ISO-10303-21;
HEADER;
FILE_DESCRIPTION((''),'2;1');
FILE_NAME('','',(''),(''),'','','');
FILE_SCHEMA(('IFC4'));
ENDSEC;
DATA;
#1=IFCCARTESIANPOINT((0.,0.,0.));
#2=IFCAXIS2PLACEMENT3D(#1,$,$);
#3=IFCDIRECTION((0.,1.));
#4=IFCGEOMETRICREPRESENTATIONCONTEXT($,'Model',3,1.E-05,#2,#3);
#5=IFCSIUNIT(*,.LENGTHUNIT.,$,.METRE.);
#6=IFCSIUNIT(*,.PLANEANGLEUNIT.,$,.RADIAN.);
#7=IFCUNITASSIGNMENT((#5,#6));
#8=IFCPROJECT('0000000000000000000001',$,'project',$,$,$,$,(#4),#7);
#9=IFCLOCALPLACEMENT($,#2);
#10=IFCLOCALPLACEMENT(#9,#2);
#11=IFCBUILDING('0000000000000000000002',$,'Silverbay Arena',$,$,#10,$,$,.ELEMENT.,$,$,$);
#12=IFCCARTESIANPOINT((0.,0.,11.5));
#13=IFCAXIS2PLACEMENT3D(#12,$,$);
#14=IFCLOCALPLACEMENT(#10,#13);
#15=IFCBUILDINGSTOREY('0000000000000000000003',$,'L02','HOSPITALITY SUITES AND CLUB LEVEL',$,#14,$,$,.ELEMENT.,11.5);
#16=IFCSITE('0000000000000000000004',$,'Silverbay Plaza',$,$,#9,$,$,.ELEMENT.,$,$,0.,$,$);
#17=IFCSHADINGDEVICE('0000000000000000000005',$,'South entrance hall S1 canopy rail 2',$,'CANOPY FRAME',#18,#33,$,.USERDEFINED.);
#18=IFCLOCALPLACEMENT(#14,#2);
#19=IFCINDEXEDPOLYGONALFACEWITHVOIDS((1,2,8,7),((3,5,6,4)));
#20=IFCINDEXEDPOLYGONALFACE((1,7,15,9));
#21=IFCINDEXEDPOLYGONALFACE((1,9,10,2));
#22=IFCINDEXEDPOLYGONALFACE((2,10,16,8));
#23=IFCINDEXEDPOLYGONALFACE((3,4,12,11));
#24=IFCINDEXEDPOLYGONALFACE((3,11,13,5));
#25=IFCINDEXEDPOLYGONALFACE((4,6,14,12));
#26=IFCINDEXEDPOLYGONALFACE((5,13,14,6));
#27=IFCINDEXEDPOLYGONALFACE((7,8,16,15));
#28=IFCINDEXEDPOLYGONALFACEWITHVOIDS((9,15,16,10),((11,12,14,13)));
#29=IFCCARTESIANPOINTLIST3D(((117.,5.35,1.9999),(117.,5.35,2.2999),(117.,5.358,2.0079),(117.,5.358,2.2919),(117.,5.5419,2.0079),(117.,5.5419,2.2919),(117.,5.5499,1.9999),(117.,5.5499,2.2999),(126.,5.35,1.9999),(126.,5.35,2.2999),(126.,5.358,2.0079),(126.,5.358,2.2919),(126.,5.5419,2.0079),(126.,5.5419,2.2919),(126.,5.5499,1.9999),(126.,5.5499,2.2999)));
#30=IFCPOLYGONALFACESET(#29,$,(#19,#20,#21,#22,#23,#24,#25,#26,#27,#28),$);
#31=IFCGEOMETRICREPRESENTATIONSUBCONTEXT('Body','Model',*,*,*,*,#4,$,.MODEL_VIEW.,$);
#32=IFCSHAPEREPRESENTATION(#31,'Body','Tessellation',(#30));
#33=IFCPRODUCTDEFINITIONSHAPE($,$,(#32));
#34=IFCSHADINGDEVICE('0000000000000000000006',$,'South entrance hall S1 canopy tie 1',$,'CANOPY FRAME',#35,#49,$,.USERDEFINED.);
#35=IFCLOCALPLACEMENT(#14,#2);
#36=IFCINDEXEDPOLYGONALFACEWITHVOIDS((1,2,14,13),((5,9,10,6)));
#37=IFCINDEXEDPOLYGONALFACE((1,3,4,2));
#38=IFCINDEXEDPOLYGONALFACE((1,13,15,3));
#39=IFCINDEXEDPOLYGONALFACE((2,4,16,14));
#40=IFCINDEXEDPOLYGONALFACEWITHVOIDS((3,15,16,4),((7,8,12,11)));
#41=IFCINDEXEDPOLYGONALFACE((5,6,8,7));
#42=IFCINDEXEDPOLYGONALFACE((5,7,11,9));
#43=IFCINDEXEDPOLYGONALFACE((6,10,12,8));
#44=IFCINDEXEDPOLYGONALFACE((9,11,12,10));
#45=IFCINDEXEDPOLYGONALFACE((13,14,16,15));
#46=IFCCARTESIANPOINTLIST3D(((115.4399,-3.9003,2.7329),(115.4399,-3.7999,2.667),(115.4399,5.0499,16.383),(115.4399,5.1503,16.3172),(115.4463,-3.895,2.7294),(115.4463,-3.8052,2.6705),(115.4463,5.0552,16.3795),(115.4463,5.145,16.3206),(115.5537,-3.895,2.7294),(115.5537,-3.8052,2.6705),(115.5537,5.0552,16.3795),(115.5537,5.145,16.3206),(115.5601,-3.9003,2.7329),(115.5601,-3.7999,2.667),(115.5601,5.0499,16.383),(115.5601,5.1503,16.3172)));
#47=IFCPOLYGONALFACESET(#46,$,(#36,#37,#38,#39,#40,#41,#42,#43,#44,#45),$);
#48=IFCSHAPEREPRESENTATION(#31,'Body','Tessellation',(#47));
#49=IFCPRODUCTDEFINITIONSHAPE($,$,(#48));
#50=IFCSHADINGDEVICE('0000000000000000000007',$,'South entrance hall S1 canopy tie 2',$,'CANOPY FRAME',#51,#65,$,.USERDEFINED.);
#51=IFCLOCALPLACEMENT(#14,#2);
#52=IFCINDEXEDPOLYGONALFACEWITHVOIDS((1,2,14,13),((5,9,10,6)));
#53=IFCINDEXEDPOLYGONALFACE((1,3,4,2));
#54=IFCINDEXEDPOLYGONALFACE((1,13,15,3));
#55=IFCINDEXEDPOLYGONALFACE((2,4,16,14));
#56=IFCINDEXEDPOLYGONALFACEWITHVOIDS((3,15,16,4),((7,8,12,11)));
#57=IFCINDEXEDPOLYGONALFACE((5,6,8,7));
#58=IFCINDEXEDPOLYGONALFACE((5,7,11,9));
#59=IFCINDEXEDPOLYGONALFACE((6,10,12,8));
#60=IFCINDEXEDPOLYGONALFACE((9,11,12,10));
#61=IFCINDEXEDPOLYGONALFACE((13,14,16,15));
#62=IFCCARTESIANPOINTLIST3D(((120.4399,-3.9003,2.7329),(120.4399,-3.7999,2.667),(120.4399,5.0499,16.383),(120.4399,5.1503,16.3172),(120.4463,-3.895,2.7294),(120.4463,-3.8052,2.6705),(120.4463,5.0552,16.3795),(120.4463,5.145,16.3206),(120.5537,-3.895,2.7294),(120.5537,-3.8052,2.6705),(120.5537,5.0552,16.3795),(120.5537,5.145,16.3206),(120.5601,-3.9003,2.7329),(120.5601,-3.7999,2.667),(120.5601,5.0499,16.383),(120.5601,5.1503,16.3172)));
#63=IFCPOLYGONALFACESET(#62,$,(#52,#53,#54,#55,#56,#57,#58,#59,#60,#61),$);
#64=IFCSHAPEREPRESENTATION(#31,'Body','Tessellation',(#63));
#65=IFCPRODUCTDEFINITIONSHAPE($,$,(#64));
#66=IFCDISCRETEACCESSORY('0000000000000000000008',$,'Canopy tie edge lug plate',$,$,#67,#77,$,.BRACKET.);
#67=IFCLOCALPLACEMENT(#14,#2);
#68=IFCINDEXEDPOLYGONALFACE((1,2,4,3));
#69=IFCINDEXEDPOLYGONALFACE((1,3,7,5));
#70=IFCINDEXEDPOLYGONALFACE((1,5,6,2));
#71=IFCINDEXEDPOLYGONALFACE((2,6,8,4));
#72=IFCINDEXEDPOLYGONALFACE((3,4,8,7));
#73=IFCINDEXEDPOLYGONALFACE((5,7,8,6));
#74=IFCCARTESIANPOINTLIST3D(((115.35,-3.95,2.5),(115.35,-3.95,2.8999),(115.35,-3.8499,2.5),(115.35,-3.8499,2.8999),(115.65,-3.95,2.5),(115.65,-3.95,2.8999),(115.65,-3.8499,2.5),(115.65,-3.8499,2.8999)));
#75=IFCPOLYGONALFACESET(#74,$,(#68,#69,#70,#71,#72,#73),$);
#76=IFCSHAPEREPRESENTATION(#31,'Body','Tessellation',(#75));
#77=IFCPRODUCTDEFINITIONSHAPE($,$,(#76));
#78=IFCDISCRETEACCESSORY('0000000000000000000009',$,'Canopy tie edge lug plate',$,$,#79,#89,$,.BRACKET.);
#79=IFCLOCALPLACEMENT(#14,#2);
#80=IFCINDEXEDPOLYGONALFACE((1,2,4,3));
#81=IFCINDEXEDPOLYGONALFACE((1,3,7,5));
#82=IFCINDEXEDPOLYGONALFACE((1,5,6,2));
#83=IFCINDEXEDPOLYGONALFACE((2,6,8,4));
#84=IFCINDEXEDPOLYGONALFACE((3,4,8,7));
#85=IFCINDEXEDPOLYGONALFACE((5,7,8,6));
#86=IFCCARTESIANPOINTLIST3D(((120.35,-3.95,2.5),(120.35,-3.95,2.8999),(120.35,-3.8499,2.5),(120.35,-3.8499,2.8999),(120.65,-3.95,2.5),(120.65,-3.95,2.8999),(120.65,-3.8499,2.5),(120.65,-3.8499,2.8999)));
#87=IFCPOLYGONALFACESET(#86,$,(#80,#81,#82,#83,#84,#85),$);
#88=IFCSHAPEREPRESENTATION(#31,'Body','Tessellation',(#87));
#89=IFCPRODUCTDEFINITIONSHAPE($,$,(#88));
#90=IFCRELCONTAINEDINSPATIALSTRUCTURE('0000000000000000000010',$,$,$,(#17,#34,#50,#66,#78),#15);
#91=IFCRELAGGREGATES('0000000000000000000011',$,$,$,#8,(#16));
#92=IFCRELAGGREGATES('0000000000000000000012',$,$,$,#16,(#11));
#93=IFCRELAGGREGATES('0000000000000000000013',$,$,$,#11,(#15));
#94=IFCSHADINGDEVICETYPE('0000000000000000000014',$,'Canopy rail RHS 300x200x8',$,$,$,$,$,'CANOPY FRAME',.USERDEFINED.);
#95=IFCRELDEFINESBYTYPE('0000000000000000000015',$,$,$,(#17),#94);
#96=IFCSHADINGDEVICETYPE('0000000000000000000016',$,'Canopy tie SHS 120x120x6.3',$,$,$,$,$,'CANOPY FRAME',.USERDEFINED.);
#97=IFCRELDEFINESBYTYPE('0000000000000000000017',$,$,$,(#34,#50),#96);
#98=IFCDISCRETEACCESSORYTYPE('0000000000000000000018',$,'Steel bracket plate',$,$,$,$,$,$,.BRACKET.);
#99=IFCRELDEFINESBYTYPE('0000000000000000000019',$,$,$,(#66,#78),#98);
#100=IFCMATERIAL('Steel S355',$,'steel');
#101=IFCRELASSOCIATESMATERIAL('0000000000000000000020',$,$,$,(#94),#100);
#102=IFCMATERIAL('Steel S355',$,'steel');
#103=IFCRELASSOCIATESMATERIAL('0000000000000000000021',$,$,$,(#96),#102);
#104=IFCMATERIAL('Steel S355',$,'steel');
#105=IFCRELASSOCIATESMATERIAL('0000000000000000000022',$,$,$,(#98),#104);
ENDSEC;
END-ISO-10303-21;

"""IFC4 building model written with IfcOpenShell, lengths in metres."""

from ifc_helpers import new_model, si_unit, direction, frame, origin, origin_2d, place, context, subcontext, project, spatial, rectangle, hollow_rectangle, extrude, material, material_profile, profile_set, type_object, element, save


model = new_model("IFC4")

# Units and contexts
model_context = context("Model", 3, precision=1e-05, world=origin(), true_north=direction((0.0, 1.0)))
body_context = subcontext(model_context, "Body", "Model", "MODEL_VIEW")
ifc_project = project(units=[si_unit("LENGTHUNIT", "METRE"), si_unit("PLANEANGLEUNIT", "RADIAN")], contexts=[model_context])

# Site, building, storey
site_placement = place(None, origin())
site = spatial("IfcSite", under=ifc_project, at=site_placement, Name="Silverbay Plaza", CompositionType="ELEMENT", RefElevation=0.0)
building_placement = place(site_placement, origin())
building = spatial("IfcBuilding", under=site, at=building_placement, Name="Silverbay Arena", CompositionType="ELEMENT")
storey_placement = place(building_placement, frame((0.0, 0.0, 11.5)))
storey = spatial("IfcBuildingStorey", under=building, at=storey_placement, Name="L02", Description="HOSPITALITY SUITES AND CLUB LEVEL", CompositionType="ELEMENT", Elevation=11.5)

# Shading devices
ifc_material_1 = material(Name="Steel S355", Category="steel")
ifc_material_profile_1 = material_profile(ifc_material_1, hollow_rectangle(XDim=0.2, YDim=0.3, WallThickness=0.0081, at=origin_2d()), Name="RHS 300x200x8")
ifc_profile_set_1 = profile_set([ifc_material_profile_1], Name="Steel S355")
shading_device_type_1 = type_object("IfcShadingDeviceType", Name="Canopy rail RHS 300x200x8", ElementType="CANOPY FRAME", PredefinedType="USERDEFINED", material=ifc_profile_set_1)
shading_device_placement = place(storey_placement, frame((117.0, 5.45, 2.1499), z_axis=(1.0, 0.0, 0.0), x_axis=(0.0, 1.0, 0.0)))
element("IfcShadingDevice", 1, at=shading_device_placement, inside=storey, type_object=shading_device_type_1, Name="South entrance hall S1 canopy rail 2", ObjectType="CANOPY FRAME", PredefinedType="USERDEFINED", context=body_context, shape_type="SweptSolid", body=[
    extrude(hollow_rectangle(XDim=0.2, YDim=0.3, WallThickness=0.0081, at=origin_2d()), origin(), (0.0, 0.0, 1.0), 9.0),
])
ifc_material_2 = material(Name="Steel S355", Category="steel")
ifc_material_profile_2 = material_profile(ifc_material_2, hollow_rectangle(XDim=0.1201, YDim=0.1201, WallThickness=0.0063, at=origin_2d()), Name="SHS 120x120x6.3")
ifc_profile_set_2 = profile_set([ifc_material_profile_2], Name="Steel S355")
shading_device_type_2 = type_object("IfcShadingDeviceType", Name="Canopy tie SHS 120x120x6.3", ElementType="CANOPY FRAME", PredefinedType="USERDEFINED", material=ifc_profile_set_2)
for number, where, z_axis, x_axis, name in (
    (2, (115.5, 5.1001, 16.3501), (0.0, -0.548326, -0.836265), (1.0, 0.0, 0.0), "South entrance hall S1 canopy tie 1"),
    (3, (120.5, 5.1001, 16.3501), (0.0, -0.548326, -0.836265), (1.0, 0.0, 0.0), "South entrance hall S1 canopy tie 2"),
):
    element("IfcShadingDevice", number, at=place(storey_placement, frame(where, z_axis=z_axis, x_axis=x_axis)), inside=storey, type_object=shading_device_type_2, Name=name, ObjectType="CANOPY FRAME", PredefinedType="USERDEFINED", context=body_context, shape_type="SweptSolid", body=[
        extrude(hollow_rectangle(XDim=0.1201, YDim=0.1201, WallThickness=0.0063, at=origin_2d()), origin(), (0.0, 0.0, 1.0), 16.3228),
    ])

# Discrete accessories
ifc_material_3 = material(Name="Steel S355", Category="steel")
discrete_accessory_type = type_object("IfcDiscreteAccessoryType", Name="Steel bracket plate", PredefinedType="BRACKET", material=ifc_material_3)
for number, where, z_axis, x_axis, name in (
    (4, (115.5, -3.8999, 2.5), (0.0, 0.0, 1.0), (1.0, 0.0, 0.0), "Canopy tie edge lug plate"),
    (5, (120.5, -3.8999, 2.5), (0.0, 0.0, 1.0), (1.0, 0.0, 0.0), "Canopy tie edge lug plate"),
):
    element("IfcDiscreteAccessory", number, at=place(storey_placement, frame(where, z_axis=z_axis, x_axis=x_axis)), inside=storey, type_object=discrete_accessory_type, Name=name, PredefinedType="BRACKET", context=body_context, shape_type="SweptSolid", body=[
        extrude(rectangle(XDim=0.3, YDim=0.1001, at=origin_2d()), origin(), (0.0, 0.0, 1.0), 0.3999),
    ])

save(model, "model.ifc")
